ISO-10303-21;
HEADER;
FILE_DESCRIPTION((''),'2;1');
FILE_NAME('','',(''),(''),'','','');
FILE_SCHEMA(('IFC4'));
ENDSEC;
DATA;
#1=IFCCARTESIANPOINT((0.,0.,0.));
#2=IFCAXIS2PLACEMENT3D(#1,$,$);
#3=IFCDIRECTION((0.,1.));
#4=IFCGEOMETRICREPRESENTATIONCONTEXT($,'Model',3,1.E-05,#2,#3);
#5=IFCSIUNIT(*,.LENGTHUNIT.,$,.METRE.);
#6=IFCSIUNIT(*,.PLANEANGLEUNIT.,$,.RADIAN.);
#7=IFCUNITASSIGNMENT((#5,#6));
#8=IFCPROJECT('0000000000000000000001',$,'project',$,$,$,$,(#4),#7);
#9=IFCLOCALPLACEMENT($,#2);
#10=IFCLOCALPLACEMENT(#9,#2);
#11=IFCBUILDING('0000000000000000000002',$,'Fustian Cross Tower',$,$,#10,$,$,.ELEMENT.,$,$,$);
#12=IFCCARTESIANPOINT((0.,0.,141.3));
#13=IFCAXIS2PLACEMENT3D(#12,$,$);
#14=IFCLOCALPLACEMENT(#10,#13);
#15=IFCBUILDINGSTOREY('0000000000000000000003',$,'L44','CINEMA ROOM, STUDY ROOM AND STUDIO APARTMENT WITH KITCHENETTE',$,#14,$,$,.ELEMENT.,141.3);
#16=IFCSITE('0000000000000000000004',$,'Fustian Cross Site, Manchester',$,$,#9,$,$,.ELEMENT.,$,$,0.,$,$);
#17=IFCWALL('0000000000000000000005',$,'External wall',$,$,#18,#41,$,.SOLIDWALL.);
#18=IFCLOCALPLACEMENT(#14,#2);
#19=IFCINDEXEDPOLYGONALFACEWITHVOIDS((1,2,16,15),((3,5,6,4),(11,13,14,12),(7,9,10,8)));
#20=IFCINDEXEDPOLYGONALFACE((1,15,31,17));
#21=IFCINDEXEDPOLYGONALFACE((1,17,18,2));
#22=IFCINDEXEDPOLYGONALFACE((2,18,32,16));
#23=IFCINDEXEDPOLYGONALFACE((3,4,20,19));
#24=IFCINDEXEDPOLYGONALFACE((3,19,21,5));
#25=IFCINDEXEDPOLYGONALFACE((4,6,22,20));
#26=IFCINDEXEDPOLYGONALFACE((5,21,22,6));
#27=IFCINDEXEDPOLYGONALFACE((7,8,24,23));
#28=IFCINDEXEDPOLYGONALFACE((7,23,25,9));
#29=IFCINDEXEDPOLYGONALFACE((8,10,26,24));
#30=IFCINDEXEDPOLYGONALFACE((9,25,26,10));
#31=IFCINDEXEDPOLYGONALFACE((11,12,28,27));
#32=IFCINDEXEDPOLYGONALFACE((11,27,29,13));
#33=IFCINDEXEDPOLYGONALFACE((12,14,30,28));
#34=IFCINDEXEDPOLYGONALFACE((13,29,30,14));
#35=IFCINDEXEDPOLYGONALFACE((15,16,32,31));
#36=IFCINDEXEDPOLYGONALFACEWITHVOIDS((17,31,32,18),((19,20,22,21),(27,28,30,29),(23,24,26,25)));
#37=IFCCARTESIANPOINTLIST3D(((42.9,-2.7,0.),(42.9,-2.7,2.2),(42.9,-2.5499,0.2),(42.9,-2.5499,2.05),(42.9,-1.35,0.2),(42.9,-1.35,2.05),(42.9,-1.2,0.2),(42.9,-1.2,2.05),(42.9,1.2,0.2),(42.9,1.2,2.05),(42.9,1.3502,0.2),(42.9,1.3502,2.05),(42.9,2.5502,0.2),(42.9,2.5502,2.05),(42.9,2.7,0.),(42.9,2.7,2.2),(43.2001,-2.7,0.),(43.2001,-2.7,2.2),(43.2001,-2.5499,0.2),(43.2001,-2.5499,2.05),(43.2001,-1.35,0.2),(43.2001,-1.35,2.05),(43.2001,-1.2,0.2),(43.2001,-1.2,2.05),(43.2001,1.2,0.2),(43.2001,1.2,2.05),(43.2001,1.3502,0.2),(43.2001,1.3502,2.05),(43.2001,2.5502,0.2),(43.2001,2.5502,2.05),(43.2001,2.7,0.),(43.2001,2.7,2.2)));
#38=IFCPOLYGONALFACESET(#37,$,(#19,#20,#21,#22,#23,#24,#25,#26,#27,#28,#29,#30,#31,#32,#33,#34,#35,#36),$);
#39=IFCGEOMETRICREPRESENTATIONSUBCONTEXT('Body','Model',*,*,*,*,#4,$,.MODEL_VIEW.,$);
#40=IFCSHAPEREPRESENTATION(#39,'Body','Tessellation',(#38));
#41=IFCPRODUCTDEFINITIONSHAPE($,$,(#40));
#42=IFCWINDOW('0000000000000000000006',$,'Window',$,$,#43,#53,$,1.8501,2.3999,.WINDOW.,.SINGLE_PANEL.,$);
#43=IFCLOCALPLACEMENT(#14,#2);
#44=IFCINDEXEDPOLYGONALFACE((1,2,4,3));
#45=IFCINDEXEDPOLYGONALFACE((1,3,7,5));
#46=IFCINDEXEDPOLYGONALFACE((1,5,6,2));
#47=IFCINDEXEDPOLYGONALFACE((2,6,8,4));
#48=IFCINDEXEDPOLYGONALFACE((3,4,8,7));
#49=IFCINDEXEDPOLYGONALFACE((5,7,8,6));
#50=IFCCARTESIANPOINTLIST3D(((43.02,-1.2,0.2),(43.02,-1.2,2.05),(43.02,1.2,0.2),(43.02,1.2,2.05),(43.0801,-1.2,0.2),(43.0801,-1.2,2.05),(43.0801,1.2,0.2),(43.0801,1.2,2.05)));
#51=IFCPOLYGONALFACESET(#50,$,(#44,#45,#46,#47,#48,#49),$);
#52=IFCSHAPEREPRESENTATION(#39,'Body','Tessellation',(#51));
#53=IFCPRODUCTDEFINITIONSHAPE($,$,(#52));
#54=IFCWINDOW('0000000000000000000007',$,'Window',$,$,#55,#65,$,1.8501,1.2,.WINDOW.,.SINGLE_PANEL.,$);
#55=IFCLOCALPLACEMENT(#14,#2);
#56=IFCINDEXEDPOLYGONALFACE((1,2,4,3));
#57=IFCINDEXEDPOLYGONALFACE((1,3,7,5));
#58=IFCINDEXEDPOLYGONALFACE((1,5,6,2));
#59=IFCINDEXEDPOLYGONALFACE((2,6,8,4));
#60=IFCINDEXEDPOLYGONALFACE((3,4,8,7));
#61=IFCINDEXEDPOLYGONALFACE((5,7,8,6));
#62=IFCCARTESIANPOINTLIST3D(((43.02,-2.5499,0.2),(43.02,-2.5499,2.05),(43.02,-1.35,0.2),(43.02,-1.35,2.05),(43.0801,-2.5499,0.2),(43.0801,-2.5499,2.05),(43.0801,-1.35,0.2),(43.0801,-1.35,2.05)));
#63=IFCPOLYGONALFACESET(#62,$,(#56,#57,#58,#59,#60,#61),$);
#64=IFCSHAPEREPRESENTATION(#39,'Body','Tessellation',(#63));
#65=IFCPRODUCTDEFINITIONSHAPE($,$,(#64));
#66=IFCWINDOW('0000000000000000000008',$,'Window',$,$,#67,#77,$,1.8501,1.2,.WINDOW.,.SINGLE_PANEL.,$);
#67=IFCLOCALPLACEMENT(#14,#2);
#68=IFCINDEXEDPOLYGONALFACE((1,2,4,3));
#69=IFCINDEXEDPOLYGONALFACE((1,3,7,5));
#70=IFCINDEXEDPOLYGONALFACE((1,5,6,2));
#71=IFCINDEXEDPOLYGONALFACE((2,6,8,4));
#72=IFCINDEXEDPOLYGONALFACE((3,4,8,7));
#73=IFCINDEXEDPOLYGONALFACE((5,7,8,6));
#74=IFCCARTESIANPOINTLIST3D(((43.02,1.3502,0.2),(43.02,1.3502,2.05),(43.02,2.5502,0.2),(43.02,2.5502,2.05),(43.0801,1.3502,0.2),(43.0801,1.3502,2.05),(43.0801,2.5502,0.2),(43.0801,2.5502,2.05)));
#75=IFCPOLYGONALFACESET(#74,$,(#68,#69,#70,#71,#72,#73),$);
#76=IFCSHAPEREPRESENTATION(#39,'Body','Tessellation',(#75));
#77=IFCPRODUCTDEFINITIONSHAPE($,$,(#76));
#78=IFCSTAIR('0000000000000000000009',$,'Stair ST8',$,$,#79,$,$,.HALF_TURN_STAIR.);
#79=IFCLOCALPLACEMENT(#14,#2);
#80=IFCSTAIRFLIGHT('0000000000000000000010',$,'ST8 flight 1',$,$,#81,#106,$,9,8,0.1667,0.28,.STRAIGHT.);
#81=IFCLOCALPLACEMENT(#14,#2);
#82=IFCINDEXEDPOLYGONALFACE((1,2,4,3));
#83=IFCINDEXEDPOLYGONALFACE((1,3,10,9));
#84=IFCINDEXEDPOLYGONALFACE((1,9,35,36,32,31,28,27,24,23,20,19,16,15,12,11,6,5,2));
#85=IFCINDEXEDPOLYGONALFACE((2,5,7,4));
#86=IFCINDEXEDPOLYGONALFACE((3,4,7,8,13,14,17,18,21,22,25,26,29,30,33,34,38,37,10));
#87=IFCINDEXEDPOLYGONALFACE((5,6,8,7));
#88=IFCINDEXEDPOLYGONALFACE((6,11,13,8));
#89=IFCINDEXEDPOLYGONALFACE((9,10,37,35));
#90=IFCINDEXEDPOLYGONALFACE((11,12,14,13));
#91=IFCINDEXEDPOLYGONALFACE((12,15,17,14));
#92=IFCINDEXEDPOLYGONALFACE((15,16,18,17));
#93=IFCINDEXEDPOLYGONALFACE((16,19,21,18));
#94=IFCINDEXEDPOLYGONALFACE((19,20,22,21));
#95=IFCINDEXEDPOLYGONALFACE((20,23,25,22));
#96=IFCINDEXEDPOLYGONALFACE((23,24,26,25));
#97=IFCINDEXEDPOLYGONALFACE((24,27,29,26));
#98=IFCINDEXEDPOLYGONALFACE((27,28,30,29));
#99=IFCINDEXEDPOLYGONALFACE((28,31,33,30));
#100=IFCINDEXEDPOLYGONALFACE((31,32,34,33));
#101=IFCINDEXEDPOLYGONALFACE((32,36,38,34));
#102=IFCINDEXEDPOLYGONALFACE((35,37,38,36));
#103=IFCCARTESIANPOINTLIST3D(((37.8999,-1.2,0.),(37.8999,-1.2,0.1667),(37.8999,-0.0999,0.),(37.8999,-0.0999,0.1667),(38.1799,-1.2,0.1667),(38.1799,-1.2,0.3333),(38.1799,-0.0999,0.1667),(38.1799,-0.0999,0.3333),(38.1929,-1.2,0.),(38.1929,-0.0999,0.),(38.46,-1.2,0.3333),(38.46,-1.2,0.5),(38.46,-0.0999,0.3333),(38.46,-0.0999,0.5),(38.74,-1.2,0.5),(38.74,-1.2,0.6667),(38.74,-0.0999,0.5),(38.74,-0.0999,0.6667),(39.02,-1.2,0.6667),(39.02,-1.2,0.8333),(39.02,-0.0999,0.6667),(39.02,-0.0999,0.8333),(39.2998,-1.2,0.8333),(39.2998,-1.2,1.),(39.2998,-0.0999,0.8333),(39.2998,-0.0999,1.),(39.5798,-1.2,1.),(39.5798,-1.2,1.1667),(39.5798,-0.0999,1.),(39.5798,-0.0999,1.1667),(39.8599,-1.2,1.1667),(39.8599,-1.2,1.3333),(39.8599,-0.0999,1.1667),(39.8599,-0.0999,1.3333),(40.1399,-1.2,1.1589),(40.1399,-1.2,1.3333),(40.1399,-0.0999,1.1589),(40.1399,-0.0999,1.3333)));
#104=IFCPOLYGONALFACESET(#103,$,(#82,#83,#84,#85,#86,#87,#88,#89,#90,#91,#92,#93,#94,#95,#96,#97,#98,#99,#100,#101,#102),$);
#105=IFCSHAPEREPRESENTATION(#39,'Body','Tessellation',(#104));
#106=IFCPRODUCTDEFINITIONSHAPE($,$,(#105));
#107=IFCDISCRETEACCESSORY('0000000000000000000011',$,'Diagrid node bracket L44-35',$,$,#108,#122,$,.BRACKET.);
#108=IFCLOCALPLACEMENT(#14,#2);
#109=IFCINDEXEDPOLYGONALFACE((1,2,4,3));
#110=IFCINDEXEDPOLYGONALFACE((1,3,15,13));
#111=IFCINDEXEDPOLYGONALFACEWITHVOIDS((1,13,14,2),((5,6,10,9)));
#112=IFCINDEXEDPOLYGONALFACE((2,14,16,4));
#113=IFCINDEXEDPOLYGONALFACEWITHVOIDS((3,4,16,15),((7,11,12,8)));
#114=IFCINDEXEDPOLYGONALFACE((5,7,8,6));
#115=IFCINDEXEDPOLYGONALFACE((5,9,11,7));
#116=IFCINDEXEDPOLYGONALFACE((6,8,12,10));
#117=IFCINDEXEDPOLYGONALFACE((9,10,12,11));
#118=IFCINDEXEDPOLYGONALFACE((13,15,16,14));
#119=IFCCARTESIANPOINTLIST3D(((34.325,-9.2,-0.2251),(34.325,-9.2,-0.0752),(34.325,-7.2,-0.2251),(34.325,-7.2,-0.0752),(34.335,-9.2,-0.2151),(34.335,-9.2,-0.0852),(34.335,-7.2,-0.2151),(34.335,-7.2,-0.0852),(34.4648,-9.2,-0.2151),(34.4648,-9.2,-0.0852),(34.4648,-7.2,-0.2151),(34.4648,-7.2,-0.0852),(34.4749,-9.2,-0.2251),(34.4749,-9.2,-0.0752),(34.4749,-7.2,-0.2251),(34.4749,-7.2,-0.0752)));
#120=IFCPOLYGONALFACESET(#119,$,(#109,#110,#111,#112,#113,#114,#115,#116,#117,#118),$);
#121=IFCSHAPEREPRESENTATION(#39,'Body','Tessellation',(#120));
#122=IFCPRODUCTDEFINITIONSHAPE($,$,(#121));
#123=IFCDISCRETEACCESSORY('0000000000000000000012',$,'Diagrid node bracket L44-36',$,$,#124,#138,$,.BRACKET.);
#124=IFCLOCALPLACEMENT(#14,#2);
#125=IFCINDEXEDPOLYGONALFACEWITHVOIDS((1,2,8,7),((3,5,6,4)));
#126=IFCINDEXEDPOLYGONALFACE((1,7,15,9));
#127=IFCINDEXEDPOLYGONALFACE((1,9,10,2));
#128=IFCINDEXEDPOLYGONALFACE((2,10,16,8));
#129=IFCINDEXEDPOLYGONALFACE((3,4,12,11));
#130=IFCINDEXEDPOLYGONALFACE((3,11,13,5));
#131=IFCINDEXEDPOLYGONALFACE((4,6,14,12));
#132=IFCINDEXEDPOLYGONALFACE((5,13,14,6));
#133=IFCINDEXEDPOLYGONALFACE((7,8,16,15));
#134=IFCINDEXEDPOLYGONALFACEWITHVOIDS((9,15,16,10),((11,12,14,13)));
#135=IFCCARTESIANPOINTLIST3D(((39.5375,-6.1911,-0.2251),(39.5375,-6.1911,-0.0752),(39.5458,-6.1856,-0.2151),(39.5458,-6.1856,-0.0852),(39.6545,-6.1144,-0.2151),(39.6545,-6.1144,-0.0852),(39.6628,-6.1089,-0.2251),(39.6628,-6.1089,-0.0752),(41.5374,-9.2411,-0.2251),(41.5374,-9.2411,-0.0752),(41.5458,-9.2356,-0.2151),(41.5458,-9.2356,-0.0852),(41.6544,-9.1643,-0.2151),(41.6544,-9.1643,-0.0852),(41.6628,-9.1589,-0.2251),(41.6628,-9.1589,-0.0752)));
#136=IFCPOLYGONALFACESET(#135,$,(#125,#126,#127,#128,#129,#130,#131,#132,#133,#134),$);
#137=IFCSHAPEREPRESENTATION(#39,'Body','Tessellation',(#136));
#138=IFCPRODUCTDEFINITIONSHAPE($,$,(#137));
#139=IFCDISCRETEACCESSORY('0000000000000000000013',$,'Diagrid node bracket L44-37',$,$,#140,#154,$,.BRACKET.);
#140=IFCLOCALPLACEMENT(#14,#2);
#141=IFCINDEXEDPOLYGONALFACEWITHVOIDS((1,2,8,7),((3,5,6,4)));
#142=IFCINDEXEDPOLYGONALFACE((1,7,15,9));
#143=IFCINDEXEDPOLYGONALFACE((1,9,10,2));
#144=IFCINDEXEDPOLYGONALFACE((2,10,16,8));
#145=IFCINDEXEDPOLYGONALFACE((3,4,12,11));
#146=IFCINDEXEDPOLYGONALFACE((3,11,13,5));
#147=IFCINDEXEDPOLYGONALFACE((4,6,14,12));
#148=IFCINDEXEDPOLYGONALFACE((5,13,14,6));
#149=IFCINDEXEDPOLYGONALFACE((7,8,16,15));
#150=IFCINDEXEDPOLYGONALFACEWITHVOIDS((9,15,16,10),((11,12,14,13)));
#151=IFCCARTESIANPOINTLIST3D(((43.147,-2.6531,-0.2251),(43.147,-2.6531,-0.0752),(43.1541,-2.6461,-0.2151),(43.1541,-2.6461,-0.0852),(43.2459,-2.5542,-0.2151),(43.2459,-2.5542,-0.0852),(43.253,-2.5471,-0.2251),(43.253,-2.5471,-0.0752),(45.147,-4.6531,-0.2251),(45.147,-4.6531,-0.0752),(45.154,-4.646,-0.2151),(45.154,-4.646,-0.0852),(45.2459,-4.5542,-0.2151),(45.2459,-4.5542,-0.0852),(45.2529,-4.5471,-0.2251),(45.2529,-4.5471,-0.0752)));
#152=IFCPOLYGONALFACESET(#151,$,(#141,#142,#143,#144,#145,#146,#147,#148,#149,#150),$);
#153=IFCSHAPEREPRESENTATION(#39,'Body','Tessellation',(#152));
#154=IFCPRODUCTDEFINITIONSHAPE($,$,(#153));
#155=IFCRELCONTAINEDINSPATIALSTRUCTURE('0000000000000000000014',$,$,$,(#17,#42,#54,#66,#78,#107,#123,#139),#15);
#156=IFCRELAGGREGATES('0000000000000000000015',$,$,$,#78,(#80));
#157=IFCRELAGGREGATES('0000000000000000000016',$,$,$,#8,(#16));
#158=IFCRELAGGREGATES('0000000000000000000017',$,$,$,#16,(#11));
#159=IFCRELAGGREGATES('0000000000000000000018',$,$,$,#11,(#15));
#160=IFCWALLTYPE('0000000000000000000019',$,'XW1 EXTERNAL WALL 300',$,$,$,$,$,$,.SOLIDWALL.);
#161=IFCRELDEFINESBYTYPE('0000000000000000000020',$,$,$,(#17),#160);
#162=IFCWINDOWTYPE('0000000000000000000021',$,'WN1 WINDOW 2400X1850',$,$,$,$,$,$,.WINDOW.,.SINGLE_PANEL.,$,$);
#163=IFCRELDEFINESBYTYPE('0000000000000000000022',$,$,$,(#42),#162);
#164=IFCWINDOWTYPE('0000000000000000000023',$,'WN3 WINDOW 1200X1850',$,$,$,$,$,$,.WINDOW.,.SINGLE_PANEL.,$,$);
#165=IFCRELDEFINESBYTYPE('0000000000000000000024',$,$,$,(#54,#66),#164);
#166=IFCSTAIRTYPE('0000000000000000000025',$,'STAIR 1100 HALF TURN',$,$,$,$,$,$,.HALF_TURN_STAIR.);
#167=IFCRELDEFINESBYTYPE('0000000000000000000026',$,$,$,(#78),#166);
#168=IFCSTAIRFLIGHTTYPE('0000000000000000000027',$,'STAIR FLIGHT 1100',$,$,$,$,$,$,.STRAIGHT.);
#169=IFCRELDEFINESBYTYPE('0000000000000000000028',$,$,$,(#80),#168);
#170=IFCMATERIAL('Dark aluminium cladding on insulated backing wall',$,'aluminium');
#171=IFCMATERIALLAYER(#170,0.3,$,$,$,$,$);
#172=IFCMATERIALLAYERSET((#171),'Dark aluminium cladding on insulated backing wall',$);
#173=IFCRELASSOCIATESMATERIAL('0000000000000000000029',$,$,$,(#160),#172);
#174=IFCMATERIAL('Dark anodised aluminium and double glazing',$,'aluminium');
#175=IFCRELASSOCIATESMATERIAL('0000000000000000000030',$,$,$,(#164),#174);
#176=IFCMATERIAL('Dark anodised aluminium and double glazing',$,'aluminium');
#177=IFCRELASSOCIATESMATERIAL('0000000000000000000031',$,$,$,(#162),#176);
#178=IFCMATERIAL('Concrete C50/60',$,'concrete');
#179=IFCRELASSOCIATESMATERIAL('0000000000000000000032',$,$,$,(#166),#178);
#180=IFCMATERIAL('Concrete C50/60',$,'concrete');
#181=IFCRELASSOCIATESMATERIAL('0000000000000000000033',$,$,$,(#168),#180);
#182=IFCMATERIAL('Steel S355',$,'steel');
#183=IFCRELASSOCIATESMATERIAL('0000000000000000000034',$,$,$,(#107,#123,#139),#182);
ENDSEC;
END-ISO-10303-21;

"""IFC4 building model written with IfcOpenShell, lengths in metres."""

from ifc_helpers import new_model, si_unit, direction, frame, frame_2d, origin, origin_2d, place, context, subcontext, project, spatial, polyline, rectangle, hollow_rectangle, outline, extrude, material, layer, layer_set, type_object, element, fill, aggregate, save


model = new_model("IFC4")

# Units and contexts
model_context = context("Model", 3, precision=1e-05, world=origin(), true_north=direction((0.0, 1.0)))
body_context = subcontext(model_context, "Body", "Model", "MODEL_VIEW")
ifc_project = project(units=[si_unit("LENGTHUNIT", "METRE"), si_unit("PLANEANGLEUNIT", "RADIAN")], contexts=[model_context])

# Site, building, storey
site_placement = place(None, origin())
site = spatial("IfcSite", under=ifc_project, at=site_placement, Name="Fustian Cross Site, Manchester", CompositionType="ELEMENT", RefElevation=0.0)
building_placement = place(site_placement, origin())
building = spatial("IfcBuilding", under=site, at=building_placement, Name="Fustian Cross Tower", CompositionType="ELEMENT")
storey_placement = place(building_placement, frame((0.0, 0.0, 141.3)))
storey = spatial("IfcBuildingStorey", under=building, at=storey_placement, Name="L44", Description="CINEMA ROOM, STUDY ROOM AND STUDIO APARTMENT WITH KITCHENETTE", CompositionType="ELEMENT", Elevation=141.3)

# Shared definitions
ifc_material_1 = material(Name="Dark aluminium cladding on insulated backing wall", Category="aluminium")
ifc_layer_1 = layer(ifc_material_1, 0.3)
ifc_layer_set_1 = layer_set([ifc_layer_1], Name="Dark aluminium cladding on insulated backing wall")
wall_type_1 = type_object("IfcWallType", Name="XW1 EXTERNAL WALL 300", PredefinedType="SOLIDWALL", material=ifc_layer_set_1)
ifc_material_2 = material(Name="Dark anodised aluminium and double glazing", Category="aluminium")
window_type_1 = type_object("IfcWindowType", Name="WN3 WINDOW 1200X1850", PartitioningType="SINGLE_PANEL", PredefinedType="WINDOW", material=ifc_material_2)

# Wall, openings, windows
wall_1_placement = place(storey_placement, frame((43.05, -2.7, 0.0), z_axis=(0.0, 0.0, 1.0), x_axis=(0.0, 1.0, 0.0)))
wall_1 = element("IfcWall", 1, at=wall_1_placement, inside=storey, type_object=wall_type_1, Name="External wall", PredefinedType="SOLIDWALL", context=body_context, shape_type="SweptSolid", body=[
    extrude(rectangle(XDim=5.3999, YDim=0.3, at=frame_2d((2.7, 0.0))), origin(), (0.0, 0.0, 1.0), 2.2),
])
opening_1_placement = place(wall_1_placement, frame((1.5, 0.0, 0.2)))
opening_1 = element("IfcOpeningElement", 2, at=opening_1_placement, cuts=wall_1, PredefinedType="OPENING", context=body_context, shape_type="SweptSolid", body=[
    extrude(rectangle(XDim=2.3999, YDim=1.8501, at=frame_2d((1.2, 0.925))), frame((0.0, 0.1599, 0.0), z_axis=(0.0, -1.0, 0.0), x_axis=(1.0, 0.0, 0.0)), (0.0, 0.0, 1.0), 0.3201),
])
opening_2_placement = place(wall_1_placement, frame((0.1499, 0.0, 0.2)))
opening_2 = element("IfcOpeningElement", 3, at=opening_2_placement, cuts=wall_1, PredefinedType="OPENING", context=body_context, shape_type="SweptSolid", body=[
    extrude(rectangle(XDim=1.2, YDim=1.8501, at=frame_2d((0.6001, 0.925))), frame((0.0, 0.1599, 0.0), z_axis=(0.0, -1.0, 0.0), x_axis=(1.0, 0.0, 0.0)), (0.0, 0.0, 1.0), 0.3201),
])
opening_3_placement = place(wall_1_placement, frame((4.05, 0.0, 0.2)))
opening_3 = element("IfcOpeningElement", 4, at=opening_3_placement, cuts=wall_1, PredefinedType="OPENING", context=body_context, shape_type="SweptSolid", body=[
    extrude(rectangle(XDim=1.2, YDim=1.8501, at=frame_2d((0.6001, 0.925))), frame((0.0, 0.1599, 0.0), z_axis=(0.0, -1.0, 0.0), x_axis=(1.0, 0.0, 0.0)), (0.0, 0.0, 1.0), 0.3201),
])
ifc_material_3 = material(Name="Dark anodised aluminium and double glazing", Category="aluminium")
window_type_2 = type_object("IfcWindowType", Name="WN1 WINDOW 2400X1850", PartitioningType="SINGLE_PANEL", PredefinedType="WINDOW", material=ifc_material_3)
window_1_placement = place(opening_1_placement, origin())
window_1 = element("IfcWindow", 5, at=window_1_placement, inside=storey, type_object=window_type_2, Name="Window", OverallHeight=1.8501, OverallWidth=2.3999, PartitioningType="SINGLE_PANEL", PredefinedType="WINDOW", context=body_context, shape_type="SweptSolid", body=[
    extrude(rectangle(XDim=2.3999, YDim=1.8501, at=frame_2d((1.2, 0.925))), frame((0.0, 0.03, 0.0), z_axis=(0.0, -1.0, 0.0), x_axis=(1.0, 0.0, 0.0)), (0.0, 0.0, 1.0), 0.0601),
])
fill(opening_1, window_1)
window_2_placement = place(opening_2_placement, origin())
window_2 = element("IfcWindow", 6, at=window_2_placement, inside=storey, type_object=window_type_1, Name="Window", OverallHeight=1.8501, OverallWidth=1.2, PartitioningType="SINGLE_PANEL", PredefinedType="WINDOW", context=body_context, shape_type="SweptSolid", body=[
    extrude(rectangle(XDim=1.2, YDim=1.8501, at=frame_2d((0.6001, 0.925))), frame((0.0, 0.03, 0.0), z_axis=(0.0, -1.0, 0.0), x_axis=(1.0, 0.0, 0.0)), (0.0, 0.0, 1.0), 0.0601),
])
fill(opening_2, window_2)
window_3_placement = place(opening_3_placement, origin())
window_3 = element("IfcWindow", 7, at=window_3_placement, inside=storey, type_object=window_type_1, Name="Window", OverallHeight=1.8501, OverallWidth=1.2, PartitioningType="SINGLE_PANEL", PredefinedType="WINDOW", context=body_context, shape_type="SweptSolid", body=[
    extrude(rectangle(XDim=1.2, YDim=1.8501, at=frame_2d((0.6001, 0.925))), frame((0.0, 0.03, 0.0), z_axis=(0.0, -1.0, 0.0), x_axis=(1.0, 0.0, 0.0)), (0.0, 0.0, 1.0), 0.0601),
])
fill(opening_3, window_3)

# Stair, stair flight
ifc_material_4 = material(Name="Concrete C50/60", Category="concrete")
stair_type = type_object("IfcStairType", Name="STAIR 1100 HALF TURN", PredefinedType="HALF_TURN_STAIR", material=ifc_material_4)
stair_placement = place(storey_placement, origin())
stair = element("IfcStair", 8, at=stair_placement, inside=storey, type_object=stair_type, Name="Stair ST8", PredefinedType="HALF_TURN_STAIR")
ifc_material_5 = material(Name="Concrete C50/60", Category="concrete")
stair_flight_type = type_object("IfcStairFlightType", Name="STAIR FLIGHT 1100", PredefinedType="STRAIGHT", material=ifc_material_5)
stair_flight_placement = place(storey_placement, frame((37.8999, -0.6499, 0.0), z_axis=(0.0, 0.0, 1.0), x_axis=(1.0, 0.0, 0.0)))
stair_flight = element("IfcStairFlight", 9, at=stair_flight_placement, type_object=stair_flight_type, Name="ST8 flight 1", NumberOfRisers=9, NumberOfTreads=8, PredefinedType="STRAIGHT", RiserHeight=0.1667, TreadLength=0.28, context=body_context, shape_type="SweptSolid", body=[
    extrude(outline(polyline([(0.0, 0.0), (0.0, 0.1667), (0.28, 0.1667), (0.28, 0.3333), (0.5601, 0.3333), (0.5601, 0.5), (0.8401, 0.5), (0.8401, 0.6667), (1.1201, 0.6667), (1.1201, 0.8333), (1.3999, 0.8333), (1.3999, 1.0), (1.6799, 1.0), (1.6799, 1.1667), (1.96, 1.1667), (1.96, 1.3333), (2.24, 1.3333), (2.24, 1.5), (2.24, 1.1589), (0.293, 0.0), (0.0, 0.0)])), frame((0.0, 0.55, 0.0), z_axis=(0.0, -1.0, 0.0), x_axis=(1.0, 0.0, 0.0)), (0.0, 0.0, 1.0), 1.1001),
])
aggregate(stair, [stair_flight])

# Discrete accessories
ifc_material_6 = material(Name="Steel S355", Category="steel")
discrete_accessory_1_placement = place(storey_placement, frame((34.3999, -9.2, -0.1501), z_axis=(0.0, 1.0, 0.0), x_axis=(-1.0, 0.0, 0.0)))
element("IfcDiscreteAccessory", 10, at=discrete_accessory_1_placement, inside=storey, material=ifc_material_6, Name="Diagrid node bracket L44-35", PredefinedType="BRACKET", context=body_context, shape_type="SweptSolid", body=[
    extrude(hollow_rectangle(XDim=0.1499, YDim=0.1499, WallThickness=0.01, at=origin_2d()), origin(), (0.0, 0.0, 1.0), 2.0),
])
discrete_accessory_2_placement = place(storey_placement, frame((41.6001, -9.2, -0.1501), z_axis=(-0.548351, 0.836248, 0.0), x_axis=(-0.836248, -0.548351, 0.0)))
element("IfcDiscreteAccessory", 11, at=discrete_accessory_2_placement, inside=storey, material=ifc_material_6, Name="Diagrid node bracket L44-36", PredefinedType="BRACKET", context=body_context, shape_type="SweptSolid", body=[
    extrude(hollow_rectangle(XDim=0.1499, YDim=0.1499, WallThickness=0.01, at=origin_2d()), origin(), (0.0, 0.0, 1.0), 3.6472),
])
discrete_accessory_3_placement = place(storey_placement, frame((45.2, -4.6001, -0.1501), z_axis=(-0.707107, 0.707107, 0.0), x_axis=(-0.707107, -0.707107, 0.0)))
element("IfcDiscreteAccessory", 12, at=discrete_accessory_3_placement, inside=storey, material=ifc_material_6, Name="Diagrid node bracket L44-37", PredefinedType="BRACKET", context=body_context, shape_type="SweptSolid", body=[
    extrude(hollow_rectangle(XDim=0.1499, YDim=0.1499, WallThickness=0.01, at=origin_2d()), origin(), (0.0, 0.0, 1.0), 2.8284),
])

save(model, "model.ifc")
